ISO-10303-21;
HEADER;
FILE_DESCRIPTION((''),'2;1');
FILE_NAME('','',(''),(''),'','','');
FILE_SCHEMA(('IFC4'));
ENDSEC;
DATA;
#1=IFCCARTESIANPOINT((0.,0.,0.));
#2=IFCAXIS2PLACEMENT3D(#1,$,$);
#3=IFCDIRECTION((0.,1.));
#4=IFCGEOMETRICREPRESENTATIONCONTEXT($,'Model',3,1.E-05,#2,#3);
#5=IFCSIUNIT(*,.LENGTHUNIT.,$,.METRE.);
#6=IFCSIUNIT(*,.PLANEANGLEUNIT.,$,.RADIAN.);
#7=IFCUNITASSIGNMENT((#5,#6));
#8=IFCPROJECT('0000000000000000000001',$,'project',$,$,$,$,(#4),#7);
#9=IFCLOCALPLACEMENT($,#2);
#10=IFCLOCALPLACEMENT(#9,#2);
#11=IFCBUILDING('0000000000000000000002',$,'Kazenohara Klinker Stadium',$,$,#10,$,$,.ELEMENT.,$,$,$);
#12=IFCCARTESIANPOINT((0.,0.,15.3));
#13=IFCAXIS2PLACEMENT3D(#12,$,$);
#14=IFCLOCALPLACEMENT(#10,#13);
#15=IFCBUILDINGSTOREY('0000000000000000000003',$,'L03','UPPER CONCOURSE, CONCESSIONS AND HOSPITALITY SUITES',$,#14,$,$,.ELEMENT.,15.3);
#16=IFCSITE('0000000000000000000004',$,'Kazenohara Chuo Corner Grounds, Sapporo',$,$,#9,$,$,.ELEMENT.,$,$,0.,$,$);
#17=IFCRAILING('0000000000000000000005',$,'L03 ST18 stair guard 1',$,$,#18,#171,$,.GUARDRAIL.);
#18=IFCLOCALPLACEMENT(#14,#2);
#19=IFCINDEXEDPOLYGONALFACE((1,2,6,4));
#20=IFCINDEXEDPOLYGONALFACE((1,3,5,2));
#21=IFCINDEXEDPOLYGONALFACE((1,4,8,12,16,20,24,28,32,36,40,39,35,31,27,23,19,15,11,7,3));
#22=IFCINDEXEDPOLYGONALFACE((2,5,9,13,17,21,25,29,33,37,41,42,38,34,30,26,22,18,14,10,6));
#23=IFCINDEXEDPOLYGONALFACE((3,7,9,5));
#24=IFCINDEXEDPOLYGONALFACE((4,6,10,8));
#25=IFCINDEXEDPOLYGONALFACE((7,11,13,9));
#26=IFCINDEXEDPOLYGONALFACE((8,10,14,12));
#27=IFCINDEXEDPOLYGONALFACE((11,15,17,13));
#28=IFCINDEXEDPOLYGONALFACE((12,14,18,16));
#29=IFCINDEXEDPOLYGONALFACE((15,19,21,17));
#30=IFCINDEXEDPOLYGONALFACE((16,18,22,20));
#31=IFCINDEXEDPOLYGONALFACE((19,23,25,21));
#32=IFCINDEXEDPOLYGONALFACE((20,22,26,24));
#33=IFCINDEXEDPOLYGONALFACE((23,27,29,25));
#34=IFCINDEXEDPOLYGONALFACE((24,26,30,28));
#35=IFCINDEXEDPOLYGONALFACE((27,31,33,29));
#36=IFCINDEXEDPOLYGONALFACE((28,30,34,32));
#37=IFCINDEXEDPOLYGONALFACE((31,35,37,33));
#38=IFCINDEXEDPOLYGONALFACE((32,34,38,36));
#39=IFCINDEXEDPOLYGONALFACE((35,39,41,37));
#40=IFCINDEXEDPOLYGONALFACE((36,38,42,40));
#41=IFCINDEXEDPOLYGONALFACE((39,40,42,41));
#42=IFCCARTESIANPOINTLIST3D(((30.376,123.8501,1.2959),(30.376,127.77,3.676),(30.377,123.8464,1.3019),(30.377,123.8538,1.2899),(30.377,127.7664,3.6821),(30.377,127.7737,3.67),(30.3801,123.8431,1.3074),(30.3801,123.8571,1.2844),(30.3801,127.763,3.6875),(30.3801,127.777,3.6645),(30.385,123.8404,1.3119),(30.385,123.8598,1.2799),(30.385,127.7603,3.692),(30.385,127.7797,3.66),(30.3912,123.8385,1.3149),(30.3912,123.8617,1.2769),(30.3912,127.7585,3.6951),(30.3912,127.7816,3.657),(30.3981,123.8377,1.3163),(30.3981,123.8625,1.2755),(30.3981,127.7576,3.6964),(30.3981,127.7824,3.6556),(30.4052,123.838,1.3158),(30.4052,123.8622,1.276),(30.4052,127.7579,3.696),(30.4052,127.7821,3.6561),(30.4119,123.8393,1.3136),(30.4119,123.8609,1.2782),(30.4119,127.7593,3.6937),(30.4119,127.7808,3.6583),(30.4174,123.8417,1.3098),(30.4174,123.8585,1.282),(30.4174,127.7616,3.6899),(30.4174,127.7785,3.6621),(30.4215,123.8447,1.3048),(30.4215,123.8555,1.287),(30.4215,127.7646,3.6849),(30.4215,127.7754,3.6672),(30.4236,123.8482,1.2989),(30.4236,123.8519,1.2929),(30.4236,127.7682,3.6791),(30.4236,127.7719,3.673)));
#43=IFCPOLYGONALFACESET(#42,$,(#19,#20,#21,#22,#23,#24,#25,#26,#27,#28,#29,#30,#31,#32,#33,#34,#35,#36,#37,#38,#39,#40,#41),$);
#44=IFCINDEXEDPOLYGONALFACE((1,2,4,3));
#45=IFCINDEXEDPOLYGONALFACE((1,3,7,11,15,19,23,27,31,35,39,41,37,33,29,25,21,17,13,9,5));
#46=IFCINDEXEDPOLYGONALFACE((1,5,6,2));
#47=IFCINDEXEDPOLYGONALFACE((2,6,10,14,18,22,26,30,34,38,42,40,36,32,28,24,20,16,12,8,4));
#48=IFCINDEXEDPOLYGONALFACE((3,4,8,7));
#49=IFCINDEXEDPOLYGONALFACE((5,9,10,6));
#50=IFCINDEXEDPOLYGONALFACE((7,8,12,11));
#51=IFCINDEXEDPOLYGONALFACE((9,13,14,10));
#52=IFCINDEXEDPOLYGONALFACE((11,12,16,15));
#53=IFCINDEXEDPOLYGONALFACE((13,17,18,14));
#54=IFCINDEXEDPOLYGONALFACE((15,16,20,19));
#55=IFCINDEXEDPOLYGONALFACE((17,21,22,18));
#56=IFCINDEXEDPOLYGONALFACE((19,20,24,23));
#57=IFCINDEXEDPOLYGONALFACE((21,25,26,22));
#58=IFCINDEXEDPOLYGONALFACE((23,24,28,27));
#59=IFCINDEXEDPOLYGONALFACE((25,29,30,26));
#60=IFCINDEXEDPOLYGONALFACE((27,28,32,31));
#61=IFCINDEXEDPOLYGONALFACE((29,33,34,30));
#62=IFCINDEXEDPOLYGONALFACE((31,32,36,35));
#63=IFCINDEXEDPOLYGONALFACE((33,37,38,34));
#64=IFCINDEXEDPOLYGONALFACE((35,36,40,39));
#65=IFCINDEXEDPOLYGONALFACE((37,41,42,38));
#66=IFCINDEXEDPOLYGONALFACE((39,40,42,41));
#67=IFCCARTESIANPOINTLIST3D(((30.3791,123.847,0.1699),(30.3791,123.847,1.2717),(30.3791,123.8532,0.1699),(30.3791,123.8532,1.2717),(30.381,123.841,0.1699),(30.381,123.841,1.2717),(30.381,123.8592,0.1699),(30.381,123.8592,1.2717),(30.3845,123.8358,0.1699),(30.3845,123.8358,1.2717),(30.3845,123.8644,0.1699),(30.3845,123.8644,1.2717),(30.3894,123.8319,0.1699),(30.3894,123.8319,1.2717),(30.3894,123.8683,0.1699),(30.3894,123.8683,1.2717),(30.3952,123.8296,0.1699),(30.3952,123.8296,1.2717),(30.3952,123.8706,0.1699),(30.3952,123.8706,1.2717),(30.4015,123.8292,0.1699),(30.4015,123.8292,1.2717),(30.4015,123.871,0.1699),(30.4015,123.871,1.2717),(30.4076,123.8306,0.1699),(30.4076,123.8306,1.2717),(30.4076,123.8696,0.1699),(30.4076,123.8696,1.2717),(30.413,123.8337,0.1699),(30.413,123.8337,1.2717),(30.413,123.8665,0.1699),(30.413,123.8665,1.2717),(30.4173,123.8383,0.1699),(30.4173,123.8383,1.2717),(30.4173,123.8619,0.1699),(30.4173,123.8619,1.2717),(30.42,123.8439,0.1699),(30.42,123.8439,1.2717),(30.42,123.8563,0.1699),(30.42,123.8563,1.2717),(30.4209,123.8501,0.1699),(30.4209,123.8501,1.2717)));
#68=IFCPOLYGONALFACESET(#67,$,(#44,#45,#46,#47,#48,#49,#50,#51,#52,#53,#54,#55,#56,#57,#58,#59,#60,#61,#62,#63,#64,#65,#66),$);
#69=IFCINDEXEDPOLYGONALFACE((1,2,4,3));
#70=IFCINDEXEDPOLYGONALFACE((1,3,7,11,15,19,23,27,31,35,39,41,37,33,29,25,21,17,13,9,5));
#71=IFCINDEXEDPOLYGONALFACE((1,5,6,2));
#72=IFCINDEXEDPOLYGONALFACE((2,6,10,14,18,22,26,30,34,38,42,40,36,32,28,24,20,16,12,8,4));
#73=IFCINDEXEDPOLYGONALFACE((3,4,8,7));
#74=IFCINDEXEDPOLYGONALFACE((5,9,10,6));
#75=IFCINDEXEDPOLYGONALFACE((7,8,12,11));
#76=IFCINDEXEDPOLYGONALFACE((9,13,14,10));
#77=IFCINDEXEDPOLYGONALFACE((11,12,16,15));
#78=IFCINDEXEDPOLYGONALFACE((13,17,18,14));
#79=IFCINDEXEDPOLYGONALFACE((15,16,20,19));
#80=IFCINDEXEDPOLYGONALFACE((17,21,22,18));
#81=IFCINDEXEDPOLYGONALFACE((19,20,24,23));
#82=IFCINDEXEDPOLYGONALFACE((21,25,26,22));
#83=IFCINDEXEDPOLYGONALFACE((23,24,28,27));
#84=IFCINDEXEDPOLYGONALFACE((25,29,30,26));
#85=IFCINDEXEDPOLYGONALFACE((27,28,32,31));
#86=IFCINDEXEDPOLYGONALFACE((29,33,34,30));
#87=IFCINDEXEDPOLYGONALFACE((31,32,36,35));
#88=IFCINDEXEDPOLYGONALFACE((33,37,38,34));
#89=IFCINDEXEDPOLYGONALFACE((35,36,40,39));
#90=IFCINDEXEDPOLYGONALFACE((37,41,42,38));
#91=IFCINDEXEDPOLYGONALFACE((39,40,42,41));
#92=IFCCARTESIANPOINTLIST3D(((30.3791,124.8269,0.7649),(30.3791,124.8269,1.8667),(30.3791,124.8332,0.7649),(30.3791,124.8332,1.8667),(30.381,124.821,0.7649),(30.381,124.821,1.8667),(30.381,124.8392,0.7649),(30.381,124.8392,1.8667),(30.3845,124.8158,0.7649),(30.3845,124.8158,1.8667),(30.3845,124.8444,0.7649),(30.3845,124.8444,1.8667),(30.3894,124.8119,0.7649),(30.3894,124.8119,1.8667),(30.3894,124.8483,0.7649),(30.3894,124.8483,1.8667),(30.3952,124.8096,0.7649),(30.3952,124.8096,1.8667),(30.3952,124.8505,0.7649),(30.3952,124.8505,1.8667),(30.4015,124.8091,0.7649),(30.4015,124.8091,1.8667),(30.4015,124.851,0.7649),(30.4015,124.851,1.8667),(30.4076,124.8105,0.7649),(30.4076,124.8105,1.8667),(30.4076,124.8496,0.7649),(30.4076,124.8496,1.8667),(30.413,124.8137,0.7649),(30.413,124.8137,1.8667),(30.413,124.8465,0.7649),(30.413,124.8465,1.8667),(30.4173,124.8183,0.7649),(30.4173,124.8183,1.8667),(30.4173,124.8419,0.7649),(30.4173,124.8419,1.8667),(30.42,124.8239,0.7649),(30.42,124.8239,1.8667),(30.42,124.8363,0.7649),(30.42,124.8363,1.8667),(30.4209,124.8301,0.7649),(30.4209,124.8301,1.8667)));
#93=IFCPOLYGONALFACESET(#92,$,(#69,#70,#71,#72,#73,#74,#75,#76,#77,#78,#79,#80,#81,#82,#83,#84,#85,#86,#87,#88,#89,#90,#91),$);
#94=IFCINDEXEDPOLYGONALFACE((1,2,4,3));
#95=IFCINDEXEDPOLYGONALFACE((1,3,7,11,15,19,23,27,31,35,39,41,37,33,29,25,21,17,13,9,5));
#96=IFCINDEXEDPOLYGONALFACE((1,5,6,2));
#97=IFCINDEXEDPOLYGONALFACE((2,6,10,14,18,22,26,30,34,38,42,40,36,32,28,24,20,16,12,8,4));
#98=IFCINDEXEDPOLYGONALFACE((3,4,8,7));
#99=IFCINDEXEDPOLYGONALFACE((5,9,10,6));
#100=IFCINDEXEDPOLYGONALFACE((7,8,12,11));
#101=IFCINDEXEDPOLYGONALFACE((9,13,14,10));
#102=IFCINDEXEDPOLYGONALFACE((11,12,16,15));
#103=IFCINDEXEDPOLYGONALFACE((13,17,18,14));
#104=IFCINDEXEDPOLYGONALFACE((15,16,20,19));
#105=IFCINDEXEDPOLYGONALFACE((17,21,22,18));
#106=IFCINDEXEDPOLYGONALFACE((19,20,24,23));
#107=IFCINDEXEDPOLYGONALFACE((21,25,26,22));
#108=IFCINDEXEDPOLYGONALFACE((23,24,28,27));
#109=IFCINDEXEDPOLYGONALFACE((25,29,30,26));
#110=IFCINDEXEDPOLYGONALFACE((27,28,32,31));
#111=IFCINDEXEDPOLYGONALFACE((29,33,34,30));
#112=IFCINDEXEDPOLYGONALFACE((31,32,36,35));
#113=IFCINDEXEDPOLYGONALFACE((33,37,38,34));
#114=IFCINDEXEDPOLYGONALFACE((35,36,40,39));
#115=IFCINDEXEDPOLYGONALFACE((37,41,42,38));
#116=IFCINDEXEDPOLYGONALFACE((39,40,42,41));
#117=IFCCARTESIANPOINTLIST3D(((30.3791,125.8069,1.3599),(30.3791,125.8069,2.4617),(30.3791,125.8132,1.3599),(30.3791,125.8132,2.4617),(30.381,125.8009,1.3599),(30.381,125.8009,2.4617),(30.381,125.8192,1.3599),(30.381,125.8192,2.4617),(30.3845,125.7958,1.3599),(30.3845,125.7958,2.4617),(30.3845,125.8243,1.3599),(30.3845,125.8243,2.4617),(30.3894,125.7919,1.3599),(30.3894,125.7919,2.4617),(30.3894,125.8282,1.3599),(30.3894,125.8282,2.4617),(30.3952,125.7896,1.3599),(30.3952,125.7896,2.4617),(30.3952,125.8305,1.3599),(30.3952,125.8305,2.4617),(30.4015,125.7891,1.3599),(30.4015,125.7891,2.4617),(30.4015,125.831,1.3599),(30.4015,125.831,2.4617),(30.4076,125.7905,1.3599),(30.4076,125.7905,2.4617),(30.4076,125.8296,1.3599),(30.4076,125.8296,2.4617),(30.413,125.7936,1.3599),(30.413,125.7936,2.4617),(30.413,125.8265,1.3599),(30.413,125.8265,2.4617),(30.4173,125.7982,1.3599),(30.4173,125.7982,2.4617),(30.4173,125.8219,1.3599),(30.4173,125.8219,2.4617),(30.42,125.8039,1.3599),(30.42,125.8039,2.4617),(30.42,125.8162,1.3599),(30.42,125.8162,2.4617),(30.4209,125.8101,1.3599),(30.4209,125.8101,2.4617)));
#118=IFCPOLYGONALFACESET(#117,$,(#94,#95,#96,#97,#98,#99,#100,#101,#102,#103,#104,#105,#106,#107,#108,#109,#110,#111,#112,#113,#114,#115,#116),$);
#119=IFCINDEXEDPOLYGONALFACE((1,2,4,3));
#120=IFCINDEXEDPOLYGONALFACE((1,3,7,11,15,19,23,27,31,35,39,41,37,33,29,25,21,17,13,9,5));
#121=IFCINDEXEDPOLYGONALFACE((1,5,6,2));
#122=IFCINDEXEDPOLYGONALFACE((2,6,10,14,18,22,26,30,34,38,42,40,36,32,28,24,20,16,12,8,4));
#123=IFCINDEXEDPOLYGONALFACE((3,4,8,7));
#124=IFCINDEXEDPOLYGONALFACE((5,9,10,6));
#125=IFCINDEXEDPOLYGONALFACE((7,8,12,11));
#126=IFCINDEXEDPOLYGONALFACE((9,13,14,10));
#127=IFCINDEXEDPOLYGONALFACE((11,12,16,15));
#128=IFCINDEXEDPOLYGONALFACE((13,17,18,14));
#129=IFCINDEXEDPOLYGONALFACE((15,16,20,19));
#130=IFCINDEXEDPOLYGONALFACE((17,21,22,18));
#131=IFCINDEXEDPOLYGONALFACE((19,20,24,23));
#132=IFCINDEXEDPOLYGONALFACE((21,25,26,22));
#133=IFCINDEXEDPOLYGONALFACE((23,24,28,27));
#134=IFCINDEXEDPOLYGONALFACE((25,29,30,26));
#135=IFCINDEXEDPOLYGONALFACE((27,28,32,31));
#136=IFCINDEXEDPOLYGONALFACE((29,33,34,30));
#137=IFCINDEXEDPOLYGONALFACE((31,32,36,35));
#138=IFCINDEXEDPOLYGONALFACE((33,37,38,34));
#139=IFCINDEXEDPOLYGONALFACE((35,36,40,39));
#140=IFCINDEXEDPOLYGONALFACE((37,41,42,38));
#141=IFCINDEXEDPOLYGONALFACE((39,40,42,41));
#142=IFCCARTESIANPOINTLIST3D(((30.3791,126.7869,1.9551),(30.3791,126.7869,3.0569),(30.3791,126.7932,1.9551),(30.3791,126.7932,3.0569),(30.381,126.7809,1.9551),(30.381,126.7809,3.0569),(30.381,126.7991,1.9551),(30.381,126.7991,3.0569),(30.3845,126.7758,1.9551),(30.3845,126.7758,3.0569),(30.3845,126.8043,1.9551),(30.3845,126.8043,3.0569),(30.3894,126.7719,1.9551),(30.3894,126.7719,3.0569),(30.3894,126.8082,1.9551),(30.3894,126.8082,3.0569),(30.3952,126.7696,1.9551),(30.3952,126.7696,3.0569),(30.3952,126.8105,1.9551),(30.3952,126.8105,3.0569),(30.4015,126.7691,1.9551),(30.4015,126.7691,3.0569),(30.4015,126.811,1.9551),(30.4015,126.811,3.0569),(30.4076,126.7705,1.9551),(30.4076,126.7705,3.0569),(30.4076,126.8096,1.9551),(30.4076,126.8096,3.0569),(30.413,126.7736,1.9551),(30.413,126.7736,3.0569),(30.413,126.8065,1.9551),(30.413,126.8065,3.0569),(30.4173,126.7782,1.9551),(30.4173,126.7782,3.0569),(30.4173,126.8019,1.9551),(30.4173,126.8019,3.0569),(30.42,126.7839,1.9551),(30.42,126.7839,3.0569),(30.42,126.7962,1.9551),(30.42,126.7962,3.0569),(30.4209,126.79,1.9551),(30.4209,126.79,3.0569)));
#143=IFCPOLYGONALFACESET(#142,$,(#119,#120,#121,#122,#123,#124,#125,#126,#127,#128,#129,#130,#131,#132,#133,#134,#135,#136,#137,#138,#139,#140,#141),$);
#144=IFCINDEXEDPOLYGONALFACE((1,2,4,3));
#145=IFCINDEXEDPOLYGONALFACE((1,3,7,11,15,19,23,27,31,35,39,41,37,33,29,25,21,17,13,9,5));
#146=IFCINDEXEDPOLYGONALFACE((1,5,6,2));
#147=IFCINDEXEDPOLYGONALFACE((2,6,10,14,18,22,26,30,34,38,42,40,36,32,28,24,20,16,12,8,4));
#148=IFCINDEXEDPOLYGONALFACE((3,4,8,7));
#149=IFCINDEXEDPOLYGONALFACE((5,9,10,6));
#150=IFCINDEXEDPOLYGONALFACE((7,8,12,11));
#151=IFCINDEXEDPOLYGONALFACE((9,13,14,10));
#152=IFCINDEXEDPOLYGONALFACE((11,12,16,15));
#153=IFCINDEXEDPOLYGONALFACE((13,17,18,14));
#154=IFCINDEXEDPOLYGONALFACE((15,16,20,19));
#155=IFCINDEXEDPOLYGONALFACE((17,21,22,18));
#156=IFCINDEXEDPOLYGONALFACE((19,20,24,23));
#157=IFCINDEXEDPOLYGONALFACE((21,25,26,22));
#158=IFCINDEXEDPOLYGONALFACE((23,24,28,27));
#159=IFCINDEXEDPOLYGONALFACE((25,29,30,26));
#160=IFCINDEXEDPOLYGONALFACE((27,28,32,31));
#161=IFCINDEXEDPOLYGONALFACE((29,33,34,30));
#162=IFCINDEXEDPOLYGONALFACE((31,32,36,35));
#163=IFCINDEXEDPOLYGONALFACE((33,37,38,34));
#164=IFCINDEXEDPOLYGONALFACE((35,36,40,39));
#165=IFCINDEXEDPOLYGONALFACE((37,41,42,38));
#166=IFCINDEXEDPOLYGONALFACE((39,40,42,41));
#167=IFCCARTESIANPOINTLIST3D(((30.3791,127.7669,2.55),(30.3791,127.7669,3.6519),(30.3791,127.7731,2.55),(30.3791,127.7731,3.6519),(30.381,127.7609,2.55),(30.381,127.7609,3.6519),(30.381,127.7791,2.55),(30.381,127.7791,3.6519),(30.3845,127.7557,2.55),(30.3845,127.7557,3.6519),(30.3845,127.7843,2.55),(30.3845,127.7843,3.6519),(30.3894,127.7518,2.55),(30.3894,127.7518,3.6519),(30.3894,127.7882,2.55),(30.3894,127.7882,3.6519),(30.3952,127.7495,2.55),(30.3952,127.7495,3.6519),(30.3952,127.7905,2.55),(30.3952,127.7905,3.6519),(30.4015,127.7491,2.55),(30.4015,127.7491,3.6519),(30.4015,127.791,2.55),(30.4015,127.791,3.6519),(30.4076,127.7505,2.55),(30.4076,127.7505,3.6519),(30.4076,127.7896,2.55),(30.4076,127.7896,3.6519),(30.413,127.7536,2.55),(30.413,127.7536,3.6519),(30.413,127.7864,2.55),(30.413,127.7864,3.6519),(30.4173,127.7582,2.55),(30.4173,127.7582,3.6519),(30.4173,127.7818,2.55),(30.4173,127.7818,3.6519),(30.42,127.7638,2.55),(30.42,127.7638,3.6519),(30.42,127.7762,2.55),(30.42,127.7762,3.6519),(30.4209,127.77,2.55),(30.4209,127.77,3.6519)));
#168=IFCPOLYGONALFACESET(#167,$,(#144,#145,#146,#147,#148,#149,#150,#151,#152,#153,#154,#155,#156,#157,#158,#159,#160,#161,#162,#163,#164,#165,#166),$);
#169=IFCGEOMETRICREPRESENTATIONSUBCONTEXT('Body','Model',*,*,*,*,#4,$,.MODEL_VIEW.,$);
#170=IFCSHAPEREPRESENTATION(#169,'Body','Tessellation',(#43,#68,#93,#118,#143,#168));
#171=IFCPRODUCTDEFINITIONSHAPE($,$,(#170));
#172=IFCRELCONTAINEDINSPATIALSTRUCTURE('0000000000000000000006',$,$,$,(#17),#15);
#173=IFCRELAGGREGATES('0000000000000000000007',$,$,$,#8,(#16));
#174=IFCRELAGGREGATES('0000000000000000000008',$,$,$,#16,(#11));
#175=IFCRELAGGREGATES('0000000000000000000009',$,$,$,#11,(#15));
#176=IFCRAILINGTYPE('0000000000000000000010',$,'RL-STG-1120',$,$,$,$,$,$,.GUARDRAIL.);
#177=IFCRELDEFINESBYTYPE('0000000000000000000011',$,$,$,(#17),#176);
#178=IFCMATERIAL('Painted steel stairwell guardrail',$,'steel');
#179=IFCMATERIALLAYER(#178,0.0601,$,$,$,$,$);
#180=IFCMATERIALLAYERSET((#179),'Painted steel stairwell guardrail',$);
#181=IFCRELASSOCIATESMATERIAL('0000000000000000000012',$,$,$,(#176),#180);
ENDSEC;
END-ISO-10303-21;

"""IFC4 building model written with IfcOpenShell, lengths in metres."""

from ifc_helpers import new_model, si_unit, direction, frame, origin, origin_2d, place, context, subcontext, project, spatial, circle, extrude, material, layer, layer_set, type_object, element, save


model = new_model("IFC4")

# Units and contexts
model_context = context("Model", 3, precision=1e-05, world=origin(), true_north=direction((0.0, 1.0)))
body_context = subcontext(model_context, "Body", "Model", "MODEL_VIEW")
ifc_project = project(units=[si_unit("LENGTHUNIT", "METRE"), si_unit("PLANEANGLEUNIT", "RADIAN")], contexts=[model_context])

# Site, building, storey
site_placement = place(None, origin())
site = spatial("IfcSite", under=ifc_project, at=site_placement, Name="Kazenohara Chuo Corner Grounds, Sapporo", CompositionType="ELEMENT", RefElevation=0.0)
building_placement = place(site_placement, origin())
building = spatial("IfcBuilding", under=site, at=building_placement, Name="Kazenohara Klinker Stadium", CompositionType="ELEMENT")
storey_placement = place(building_placement, frame((0.0, 0.0, 15.3)))
storey = spatial("IfcBuildingStorey", under=building, at=storey_placement, Name="L03", Description="UPPER CONCOURSE, CONCESSIONS AND HOSPITALITY SUITES", CompositionType="ELEMENT", Elevation=15.3)

# Railing
ifc_material_1 = material(Name="Painted steel stairwell guardrail", Category="steel")
ifc_layer_1 = layer(ifc_material_1, 0.0601)
ifc_layer_set_1 = layer_set([ifc_layer_1], Name="Painted steel stairwell guardrail")
railing_type_1 = type_object("IfcRailingType", Name="RL-STG-1120", PredefinedType="GUARDRAIL", material=ifc_layer_set_1)
railing_1_placement = place(storey_placement, frame((30.3999, 123.8501, 0.1699)))
element("IfcRailing", 1, at=railing_1_placement, inside=storey, type_object=railing_type_1, Name="L03 ST18 stair guard 1", PredefinedType="GUARDRAIL", context=body_context, shape_type="SweptSolid", body=[
    extrude(circle(Radius=0.0239, at=origin_2d()), frame((0.0, 0.0, 1.126), z_axis=(0.0, 0.854771, 0.519006), x_axis=(-1.0, 0.0, 0.0)), (0.0, 0.0, 1.0), 4.5859),
    extrude(circle(Radius=0.021, at=origin_2d()), origin(), (0.0, 0.0, 1.0), 1.1018),
    extrude(circle(Radius=0.021, at=origin_2d()), frame((0.0, 0.98, 0.595)), (0.0, 0.0, 1.0), 1.1018),
    extrude(circle(Radius=0.021, at=origin_2d()), frame((0.0, 1.96, 1.1899)), (0.0, 0.0, 1.0), 1.1018),
    extrude(circle(Radius=0.021, at=origin_2d()), frame((0.0, 2.9399, 1.7852)), (0.0, 0.0, 1.0), 1.1018),
    extrude(circle(Radius=0.021, at=origin_2d()), frame((0.0, 3.9199, 2.3801)), (0.0, 0.0, 1.0), 1.1018),
])

save(model, "model.ifc")
